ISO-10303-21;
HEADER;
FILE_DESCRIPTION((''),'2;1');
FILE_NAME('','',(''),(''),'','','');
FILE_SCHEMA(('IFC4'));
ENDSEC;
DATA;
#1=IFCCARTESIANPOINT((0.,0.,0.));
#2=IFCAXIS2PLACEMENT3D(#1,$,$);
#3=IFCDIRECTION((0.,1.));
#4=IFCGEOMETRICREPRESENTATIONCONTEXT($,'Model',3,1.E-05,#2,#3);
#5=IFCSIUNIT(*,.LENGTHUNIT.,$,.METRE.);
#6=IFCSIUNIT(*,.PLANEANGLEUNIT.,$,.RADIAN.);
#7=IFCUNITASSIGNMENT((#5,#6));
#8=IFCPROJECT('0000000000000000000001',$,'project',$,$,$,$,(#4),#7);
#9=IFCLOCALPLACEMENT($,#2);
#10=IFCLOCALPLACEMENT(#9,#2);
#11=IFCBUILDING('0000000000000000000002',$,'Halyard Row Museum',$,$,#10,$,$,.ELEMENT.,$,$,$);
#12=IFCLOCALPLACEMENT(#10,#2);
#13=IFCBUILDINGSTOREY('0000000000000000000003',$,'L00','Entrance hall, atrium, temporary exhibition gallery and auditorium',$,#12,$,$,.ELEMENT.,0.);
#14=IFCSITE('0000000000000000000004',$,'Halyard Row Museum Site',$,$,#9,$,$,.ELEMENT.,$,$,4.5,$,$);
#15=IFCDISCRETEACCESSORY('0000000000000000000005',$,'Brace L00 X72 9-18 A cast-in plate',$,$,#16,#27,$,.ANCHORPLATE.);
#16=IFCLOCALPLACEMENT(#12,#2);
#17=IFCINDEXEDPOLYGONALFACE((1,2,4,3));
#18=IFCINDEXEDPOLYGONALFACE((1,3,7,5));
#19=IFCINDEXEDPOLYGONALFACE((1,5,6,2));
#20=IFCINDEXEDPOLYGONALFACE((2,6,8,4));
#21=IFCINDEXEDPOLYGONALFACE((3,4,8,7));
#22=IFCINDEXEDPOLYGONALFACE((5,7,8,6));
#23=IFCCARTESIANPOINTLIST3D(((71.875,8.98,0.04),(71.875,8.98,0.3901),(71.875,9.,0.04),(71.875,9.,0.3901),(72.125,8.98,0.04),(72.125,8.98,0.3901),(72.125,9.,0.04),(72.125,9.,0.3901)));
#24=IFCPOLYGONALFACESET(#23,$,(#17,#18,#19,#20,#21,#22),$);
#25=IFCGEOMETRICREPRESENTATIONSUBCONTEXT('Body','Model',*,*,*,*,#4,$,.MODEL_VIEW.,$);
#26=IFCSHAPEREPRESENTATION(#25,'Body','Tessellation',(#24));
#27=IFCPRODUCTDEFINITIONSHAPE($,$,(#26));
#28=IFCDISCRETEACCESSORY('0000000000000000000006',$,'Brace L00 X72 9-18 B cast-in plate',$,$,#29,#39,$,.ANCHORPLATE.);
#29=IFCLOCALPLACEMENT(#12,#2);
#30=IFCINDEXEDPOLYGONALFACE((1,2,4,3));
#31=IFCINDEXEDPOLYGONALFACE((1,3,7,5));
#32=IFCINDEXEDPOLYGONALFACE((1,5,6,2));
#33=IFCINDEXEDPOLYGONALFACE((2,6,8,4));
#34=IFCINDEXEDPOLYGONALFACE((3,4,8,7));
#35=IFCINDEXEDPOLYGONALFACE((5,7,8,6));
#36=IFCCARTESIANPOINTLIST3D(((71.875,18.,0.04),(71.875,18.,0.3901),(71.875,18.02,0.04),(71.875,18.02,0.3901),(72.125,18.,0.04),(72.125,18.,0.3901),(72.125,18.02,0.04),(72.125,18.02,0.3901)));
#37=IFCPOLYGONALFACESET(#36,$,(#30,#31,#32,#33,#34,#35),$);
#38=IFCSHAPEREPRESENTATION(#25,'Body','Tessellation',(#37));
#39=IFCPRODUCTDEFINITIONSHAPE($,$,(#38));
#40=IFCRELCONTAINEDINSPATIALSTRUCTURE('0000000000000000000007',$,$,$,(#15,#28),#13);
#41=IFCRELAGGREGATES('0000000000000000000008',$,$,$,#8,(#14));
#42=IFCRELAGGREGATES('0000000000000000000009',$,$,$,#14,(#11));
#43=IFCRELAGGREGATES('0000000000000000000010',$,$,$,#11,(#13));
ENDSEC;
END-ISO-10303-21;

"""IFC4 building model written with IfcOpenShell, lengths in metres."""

from ifc_helpers import new_model, si_unit, direction, frame, origin, origin_2d, place, context, subcontext, project, spatial, rectangle, extrude, element, save


model = new_model("IFC4")

# Units and contexts
model_context = context("Model", 3, precision=1e-05, world=origin(), true_north=direction((0.0, 1.0)))
body_context = subcontext(model_context, "Body", "Model", "MODEL_VIEW")
ifc_project = project(units=[si_unit("LENGTHUNIT", "METRE"), si_unit("PLANEANGLEUNIT", "RADIAN")], contexts=[model_context])

# Site, building, storey
site_placement = place(None, origin())
site = spatial("IfcSite", under=ifc_project, at=site_placement, Name="Halyard Row Museum Site", CompositionType="ELEMENT", RefElevation=4.5)
building_placement = place(site_placement, origin())
building = spatial("IfcBuilding", under=site, at=building_placement, Name="Halyard Row Museum", CompositionType="ELEMENT")
storey_placement = place(building_placement, origin())
storey = spatial("IfcBuildingStorey", under=building, at=storey_placement, Name="L00", Description="Entrance hall, atrium, temporary exhibition gallery and auditorium", CompositionType="ELEMENT", Elevation=0.0)

# Discrete accessories
for number, where, z_axis, x_axis, name in (
    (1, (72.0, 9.0, 0.2151), (0.0, -1.0, 0.0), (1.0, 0.0, 0.0), "Brace L00 X72 9-18 A cast-in plate"),
    (2, (72.0, 18.0, 0.2151), (0.0, 1.0, 0.0), (-1.0, 0.0, 0.0), "Brace L00 X72 9-18 B cast-in plate"),
):
    element("IfcDiscreteAccessory", number, at=place(storey_placement, frame(where, z_axis=z_axis, x_axis=x_axis)), inside=storey, Name=name, PredefinedType="ANCHORPLATE", context=body_context, shape_type="SweptSolid", body=[
        extrude(rectangle(XDim=0.25, YDim=0.3501, at=origin_2d()), origin(), (0.0, 0.0, 1.0), 0.02),
    ])

save(model, "model.ifc")
